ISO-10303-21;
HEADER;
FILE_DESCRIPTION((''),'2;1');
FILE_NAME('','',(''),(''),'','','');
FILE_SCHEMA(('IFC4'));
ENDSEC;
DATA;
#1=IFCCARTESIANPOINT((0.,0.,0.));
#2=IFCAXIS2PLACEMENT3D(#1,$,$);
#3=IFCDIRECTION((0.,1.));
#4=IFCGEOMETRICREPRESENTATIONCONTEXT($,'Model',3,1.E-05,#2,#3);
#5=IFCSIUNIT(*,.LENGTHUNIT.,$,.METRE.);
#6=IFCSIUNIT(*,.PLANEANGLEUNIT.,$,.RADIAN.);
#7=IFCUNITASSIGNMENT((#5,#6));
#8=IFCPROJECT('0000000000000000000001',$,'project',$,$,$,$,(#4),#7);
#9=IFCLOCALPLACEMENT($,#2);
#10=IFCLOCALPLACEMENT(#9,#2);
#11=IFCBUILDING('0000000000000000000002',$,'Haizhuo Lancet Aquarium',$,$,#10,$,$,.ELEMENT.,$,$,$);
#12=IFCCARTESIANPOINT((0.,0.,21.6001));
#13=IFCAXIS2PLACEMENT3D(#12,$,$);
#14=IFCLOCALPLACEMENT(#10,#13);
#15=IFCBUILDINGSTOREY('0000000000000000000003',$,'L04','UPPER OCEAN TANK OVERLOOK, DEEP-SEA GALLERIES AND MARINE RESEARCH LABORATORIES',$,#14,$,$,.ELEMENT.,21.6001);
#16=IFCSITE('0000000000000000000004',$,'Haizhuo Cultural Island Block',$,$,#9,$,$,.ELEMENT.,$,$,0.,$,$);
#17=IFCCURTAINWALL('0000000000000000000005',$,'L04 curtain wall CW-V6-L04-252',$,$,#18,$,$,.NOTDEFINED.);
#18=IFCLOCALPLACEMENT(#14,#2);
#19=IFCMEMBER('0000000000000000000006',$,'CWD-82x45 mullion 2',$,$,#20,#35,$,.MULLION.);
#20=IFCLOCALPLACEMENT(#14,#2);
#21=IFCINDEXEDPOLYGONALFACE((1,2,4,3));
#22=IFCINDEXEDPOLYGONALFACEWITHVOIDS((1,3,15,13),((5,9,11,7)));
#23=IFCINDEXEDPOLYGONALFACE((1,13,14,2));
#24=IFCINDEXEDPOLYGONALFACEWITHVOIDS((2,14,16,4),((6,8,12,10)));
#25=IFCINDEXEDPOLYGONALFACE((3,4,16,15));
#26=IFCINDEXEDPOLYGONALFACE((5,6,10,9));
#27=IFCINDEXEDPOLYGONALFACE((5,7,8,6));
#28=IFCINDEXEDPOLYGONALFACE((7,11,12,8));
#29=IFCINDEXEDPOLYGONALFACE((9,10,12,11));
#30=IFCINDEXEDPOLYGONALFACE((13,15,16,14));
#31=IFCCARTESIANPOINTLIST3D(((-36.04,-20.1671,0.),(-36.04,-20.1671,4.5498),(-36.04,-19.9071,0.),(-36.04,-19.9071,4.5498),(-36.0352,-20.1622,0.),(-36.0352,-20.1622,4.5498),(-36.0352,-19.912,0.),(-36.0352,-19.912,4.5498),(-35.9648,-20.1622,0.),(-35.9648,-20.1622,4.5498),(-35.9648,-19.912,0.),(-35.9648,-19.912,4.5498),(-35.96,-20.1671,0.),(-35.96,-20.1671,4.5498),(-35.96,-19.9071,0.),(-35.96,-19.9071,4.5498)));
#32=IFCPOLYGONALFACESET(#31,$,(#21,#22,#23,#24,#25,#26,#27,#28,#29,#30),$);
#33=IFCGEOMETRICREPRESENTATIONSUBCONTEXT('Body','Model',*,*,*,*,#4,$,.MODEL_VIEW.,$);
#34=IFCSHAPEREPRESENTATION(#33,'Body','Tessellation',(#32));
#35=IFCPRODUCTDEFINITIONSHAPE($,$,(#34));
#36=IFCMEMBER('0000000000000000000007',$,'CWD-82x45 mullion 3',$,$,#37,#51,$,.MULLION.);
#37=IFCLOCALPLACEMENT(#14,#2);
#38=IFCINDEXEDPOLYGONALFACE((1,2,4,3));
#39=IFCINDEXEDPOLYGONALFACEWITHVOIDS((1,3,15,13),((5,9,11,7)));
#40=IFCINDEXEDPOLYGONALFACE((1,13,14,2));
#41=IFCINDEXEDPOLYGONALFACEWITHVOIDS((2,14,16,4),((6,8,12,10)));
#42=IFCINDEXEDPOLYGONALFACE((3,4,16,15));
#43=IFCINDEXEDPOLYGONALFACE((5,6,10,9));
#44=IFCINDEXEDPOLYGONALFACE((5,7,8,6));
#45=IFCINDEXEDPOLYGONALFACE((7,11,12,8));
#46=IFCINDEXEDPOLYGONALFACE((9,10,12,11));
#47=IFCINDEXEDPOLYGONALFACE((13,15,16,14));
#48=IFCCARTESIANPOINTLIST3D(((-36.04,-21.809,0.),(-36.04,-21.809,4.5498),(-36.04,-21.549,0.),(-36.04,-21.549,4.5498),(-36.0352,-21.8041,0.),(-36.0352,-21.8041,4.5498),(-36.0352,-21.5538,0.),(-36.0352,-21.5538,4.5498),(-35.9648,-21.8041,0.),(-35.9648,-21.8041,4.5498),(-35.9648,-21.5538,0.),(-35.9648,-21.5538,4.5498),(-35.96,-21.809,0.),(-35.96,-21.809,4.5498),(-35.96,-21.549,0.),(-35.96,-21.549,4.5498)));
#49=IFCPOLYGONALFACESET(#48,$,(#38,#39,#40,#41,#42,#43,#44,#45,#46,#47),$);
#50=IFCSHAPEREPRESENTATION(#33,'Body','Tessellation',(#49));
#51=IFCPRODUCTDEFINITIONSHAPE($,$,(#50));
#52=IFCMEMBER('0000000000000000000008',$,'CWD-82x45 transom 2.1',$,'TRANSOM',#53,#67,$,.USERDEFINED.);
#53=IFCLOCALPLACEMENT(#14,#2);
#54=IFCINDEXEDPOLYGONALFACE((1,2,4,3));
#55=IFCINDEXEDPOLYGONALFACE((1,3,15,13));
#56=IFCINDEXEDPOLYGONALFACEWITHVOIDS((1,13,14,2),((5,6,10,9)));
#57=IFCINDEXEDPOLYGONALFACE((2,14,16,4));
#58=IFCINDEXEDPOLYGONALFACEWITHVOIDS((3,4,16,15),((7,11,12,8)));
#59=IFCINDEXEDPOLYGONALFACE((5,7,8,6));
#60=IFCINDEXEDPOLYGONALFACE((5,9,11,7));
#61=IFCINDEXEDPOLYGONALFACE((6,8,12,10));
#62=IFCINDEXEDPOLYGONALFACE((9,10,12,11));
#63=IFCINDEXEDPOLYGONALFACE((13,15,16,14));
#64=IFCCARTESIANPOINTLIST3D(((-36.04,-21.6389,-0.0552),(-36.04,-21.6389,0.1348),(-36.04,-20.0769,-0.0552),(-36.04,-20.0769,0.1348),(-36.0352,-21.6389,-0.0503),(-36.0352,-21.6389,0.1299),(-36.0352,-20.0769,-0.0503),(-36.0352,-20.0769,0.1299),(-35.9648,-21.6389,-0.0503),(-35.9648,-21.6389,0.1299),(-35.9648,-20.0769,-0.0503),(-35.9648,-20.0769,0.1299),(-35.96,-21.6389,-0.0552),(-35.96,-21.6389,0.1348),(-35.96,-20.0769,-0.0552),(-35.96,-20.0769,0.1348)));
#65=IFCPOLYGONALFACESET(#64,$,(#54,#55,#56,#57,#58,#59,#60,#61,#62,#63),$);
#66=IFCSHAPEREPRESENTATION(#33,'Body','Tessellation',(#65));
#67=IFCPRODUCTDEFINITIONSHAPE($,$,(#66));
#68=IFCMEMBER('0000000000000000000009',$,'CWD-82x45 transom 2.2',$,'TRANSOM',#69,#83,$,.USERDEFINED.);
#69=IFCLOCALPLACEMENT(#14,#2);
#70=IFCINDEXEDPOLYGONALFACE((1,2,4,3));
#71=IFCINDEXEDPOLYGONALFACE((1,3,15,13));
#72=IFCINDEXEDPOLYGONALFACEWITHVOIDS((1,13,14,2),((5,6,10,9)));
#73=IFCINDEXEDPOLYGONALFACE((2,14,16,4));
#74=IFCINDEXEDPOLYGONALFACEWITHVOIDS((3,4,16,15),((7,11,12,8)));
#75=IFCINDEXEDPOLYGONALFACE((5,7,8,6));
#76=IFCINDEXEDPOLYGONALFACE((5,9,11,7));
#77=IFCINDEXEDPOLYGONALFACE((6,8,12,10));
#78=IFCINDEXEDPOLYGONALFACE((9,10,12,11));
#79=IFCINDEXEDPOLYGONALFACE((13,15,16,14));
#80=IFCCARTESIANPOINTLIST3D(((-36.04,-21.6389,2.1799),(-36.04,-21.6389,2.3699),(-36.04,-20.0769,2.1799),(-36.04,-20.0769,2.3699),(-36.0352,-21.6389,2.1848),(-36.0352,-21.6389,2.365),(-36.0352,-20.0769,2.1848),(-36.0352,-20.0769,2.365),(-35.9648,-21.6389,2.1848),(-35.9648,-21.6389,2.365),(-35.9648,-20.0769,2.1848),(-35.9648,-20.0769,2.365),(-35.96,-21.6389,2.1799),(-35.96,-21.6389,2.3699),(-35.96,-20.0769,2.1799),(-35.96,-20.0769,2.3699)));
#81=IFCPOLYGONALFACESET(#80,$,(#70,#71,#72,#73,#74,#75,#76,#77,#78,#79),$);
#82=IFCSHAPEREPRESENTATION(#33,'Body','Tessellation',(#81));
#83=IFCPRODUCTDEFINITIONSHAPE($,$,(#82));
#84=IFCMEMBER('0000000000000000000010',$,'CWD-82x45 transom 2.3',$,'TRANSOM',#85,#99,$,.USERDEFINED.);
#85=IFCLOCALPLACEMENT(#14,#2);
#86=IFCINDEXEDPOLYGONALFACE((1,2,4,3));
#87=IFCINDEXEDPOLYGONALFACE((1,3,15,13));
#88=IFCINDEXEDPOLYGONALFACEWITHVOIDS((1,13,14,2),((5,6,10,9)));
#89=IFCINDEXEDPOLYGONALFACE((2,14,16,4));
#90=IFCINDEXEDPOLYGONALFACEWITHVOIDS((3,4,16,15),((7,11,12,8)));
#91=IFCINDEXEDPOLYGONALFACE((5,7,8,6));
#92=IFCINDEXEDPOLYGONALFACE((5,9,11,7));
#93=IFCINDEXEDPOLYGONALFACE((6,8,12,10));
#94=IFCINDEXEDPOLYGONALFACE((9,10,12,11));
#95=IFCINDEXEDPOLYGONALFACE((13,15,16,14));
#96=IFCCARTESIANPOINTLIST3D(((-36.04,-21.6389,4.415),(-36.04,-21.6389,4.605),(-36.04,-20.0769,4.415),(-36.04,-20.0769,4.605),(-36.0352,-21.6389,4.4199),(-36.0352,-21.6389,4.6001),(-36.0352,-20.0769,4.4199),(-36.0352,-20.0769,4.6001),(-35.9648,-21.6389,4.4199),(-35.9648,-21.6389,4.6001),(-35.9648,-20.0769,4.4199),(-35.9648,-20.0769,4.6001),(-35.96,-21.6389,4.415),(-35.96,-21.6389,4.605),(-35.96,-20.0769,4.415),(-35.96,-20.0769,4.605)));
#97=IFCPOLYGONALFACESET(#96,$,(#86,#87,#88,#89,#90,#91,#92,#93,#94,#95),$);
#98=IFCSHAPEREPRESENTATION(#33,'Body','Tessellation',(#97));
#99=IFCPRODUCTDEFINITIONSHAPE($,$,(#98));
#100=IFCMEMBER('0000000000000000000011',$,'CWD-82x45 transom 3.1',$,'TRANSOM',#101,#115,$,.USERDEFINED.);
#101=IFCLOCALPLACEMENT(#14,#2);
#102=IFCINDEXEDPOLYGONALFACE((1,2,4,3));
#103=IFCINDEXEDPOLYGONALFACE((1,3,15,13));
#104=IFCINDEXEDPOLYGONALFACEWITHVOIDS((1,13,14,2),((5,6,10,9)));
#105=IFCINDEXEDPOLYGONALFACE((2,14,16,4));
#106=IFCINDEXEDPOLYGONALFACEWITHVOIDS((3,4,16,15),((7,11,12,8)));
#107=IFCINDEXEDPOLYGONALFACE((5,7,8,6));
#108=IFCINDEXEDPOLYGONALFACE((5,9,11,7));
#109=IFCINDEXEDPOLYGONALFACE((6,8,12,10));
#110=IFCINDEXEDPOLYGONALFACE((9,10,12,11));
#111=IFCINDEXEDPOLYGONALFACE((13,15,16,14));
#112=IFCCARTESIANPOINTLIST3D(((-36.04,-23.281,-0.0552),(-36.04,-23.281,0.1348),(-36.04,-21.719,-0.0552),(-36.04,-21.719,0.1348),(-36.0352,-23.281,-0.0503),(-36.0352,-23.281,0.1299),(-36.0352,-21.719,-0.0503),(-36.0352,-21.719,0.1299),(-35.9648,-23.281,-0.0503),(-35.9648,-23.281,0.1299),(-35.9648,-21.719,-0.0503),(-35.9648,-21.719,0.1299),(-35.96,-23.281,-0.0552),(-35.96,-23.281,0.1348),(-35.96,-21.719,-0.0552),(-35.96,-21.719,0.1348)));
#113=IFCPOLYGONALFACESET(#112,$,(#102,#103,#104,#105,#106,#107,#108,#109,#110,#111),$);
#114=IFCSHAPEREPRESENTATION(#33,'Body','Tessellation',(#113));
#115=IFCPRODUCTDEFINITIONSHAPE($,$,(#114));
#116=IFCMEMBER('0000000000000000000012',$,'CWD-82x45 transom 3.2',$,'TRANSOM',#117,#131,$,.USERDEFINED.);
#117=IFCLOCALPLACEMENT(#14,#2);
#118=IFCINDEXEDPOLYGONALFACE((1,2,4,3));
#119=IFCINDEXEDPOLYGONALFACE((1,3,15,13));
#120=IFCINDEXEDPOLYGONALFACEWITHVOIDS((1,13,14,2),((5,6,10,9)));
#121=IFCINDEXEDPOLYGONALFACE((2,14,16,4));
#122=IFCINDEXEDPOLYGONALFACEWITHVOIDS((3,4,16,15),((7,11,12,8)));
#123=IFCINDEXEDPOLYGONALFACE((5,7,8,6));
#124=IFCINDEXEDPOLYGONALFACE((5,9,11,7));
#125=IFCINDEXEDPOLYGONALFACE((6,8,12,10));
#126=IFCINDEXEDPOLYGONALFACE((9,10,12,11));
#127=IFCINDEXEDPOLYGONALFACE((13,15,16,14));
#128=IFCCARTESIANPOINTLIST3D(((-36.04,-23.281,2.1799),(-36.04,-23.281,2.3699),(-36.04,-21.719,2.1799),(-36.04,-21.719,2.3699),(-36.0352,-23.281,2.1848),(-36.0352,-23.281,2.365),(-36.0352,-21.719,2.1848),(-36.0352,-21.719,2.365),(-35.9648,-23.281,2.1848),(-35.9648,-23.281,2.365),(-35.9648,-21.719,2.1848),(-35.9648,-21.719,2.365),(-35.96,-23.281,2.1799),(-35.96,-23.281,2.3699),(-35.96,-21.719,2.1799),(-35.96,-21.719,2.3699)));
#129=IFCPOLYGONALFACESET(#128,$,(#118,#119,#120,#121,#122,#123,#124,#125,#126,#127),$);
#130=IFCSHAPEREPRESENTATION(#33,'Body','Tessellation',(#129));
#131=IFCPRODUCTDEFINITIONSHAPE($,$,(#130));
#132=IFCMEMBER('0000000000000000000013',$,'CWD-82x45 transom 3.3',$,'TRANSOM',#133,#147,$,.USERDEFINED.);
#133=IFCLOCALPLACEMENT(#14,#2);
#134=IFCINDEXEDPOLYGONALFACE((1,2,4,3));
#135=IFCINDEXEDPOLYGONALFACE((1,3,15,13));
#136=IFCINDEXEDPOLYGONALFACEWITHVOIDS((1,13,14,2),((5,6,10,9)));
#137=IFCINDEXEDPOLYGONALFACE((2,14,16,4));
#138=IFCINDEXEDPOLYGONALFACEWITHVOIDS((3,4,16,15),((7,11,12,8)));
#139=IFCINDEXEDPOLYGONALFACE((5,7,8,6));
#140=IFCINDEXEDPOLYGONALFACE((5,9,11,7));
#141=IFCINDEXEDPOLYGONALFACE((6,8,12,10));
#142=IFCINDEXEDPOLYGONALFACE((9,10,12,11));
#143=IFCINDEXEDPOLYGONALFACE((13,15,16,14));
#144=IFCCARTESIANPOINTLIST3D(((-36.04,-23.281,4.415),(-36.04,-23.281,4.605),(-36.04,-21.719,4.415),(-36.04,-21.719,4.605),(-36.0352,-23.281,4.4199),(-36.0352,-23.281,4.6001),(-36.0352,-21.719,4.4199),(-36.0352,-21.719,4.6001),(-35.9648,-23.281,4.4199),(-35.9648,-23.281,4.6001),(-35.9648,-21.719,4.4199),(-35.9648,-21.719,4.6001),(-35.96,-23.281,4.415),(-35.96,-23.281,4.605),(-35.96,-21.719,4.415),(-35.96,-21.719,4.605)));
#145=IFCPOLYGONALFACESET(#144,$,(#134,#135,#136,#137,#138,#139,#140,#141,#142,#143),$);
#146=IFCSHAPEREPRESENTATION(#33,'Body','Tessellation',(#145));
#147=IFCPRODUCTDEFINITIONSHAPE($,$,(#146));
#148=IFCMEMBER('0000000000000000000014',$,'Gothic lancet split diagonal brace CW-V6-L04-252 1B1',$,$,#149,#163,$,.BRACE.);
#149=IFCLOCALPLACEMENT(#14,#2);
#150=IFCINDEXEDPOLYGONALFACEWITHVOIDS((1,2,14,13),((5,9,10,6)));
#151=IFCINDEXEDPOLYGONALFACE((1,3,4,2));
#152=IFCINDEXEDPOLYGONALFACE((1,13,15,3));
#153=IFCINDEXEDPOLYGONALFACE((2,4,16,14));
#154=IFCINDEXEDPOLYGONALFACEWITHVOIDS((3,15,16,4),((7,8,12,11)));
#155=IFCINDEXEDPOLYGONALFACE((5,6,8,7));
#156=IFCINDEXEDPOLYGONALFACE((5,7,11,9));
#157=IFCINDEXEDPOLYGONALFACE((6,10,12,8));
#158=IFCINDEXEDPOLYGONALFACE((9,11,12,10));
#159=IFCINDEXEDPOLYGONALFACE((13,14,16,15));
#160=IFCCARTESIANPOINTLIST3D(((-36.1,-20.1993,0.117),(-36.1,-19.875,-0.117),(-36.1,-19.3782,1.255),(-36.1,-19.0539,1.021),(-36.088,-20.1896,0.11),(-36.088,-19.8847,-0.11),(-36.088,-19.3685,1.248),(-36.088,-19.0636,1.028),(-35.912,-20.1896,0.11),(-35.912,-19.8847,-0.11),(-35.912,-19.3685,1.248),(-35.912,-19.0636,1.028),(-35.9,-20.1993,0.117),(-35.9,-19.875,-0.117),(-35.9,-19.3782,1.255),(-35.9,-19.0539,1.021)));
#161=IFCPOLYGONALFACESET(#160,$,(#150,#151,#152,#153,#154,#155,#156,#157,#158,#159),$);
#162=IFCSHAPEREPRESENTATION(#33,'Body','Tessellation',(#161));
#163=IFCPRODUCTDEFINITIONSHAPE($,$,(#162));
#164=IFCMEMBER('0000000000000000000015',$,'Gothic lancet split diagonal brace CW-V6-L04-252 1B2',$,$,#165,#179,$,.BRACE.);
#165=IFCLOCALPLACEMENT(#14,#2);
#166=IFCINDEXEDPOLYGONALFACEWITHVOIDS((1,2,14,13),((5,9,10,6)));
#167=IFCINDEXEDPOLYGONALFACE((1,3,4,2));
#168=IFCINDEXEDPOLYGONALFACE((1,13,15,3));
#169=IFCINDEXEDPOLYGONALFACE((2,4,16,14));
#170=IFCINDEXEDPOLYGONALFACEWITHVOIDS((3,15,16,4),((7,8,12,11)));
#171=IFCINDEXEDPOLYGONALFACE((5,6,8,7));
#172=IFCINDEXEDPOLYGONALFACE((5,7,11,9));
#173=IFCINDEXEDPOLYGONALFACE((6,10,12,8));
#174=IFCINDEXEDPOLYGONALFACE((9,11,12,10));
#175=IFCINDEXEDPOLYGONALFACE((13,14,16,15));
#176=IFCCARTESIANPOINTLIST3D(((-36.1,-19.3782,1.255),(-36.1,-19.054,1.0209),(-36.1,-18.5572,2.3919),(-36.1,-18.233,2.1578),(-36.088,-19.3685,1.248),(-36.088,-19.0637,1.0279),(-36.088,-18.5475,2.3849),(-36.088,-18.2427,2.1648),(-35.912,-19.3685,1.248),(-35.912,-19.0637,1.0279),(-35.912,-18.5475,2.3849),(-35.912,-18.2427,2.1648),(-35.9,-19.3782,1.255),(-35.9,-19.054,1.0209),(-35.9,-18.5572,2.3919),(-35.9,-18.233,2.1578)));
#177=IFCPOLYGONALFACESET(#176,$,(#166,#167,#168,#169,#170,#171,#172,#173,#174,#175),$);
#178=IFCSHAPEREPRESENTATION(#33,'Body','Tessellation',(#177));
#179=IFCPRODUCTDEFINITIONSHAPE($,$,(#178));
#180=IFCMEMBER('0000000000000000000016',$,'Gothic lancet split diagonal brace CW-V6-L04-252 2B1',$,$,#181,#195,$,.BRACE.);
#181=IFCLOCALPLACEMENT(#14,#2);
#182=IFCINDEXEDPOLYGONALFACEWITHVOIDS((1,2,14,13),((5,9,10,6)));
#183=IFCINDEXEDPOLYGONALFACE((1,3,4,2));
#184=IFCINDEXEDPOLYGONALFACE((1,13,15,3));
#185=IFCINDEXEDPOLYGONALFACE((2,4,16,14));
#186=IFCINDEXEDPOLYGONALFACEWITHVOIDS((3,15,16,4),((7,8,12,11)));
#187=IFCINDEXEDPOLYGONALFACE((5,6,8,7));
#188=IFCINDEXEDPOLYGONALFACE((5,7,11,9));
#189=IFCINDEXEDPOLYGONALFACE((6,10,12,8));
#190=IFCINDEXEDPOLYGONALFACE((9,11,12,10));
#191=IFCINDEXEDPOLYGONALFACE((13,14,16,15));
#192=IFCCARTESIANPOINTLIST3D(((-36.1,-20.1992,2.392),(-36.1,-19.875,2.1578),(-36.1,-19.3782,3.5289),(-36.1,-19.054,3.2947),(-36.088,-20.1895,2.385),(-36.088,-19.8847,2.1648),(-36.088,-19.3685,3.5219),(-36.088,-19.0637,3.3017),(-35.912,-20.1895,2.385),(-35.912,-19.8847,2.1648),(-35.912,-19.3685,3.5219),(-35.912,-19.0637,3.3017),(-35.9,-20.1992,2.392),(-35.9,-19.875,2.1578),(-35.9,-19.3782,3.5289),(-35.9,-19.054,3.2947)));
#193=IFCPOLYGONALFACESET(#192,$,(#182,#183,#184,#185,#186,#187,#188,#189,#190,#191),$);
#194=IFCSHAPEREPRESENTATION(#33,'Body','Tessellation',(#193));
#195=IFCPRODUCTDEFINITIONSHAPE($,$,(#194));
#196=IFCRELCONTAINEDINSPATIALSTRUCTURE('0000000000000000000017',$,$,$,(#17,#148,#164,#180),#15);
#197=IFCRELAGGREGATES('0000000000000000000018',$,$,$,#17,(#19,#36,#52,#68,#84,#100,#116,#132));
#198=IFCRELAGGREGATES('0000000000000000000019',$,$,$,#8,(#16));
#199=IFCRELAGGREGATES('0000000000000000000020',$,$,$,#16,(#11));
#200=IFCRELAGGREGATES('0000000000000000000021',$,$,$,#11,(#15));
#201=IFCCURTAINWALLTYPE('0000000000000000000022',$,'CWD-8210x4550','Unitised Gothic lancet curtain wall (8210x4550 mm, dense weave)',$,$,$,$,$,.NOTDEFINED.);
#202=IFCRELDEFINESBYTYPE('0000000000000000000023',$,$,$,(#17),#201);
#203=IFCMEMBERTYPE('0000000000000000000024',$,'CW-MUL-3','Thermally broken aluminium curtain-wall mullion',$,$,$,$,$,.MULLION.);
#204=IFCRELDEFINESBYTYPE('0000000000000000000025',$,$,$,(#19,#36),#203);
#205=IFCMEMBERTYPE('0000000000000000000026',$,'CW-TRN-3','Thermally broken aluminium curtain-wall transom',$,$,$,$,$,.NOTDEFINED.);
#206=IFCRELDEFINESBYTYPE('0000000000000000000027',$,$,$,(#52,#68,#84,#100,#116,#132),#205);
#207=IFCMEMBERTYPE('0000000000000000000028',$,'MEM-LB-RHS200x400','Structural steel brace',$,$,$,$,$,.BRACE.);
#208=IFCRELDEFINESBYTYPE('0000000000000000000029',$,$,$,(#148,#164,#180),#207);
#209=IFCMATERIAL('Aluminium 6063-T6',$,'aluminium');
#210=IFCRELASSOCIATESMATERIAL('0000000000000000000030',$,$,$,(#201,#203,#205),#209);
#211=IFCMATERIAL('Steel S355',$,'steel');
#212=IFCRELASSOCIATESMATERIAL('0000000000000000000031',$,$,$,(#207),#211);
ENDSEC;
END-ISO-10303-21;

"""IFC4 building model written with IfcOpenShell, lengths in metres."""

from ifc_helpers import new_model, si_unit, direction, frame, origin, origin_2d, place, context, subcontext, project, spatial, hollow_rectangle, extrude, material, material_profile, profile_set, type_object, element, aggregate, save


model = new_model("IFC4")

# Units and contexts
model_context = context("Model", 3, precision=1e-05, world=origin(), true_north=direction((0.0, 1.0)))
body_context = subcontext(model_context, "Body", "Model", "MODEL_VIEW")
ifc_project = project(units=[si_unit("LENGTHUNIT", "METRE"), si_unit("PLANEANGLEUNIT", "RADIAN")], contexts=[model_context])

# Site, building, storey
site_placement = place(None, origin())
site = spatial("IfcSite", under=ifc_project, at=site_placement, Name="Haizhuo Cultural Island Block", CompositionType="ELEMENT", RefElevation=0.0)
building_placement = place(site_placement, origin())
building = spatial("IfcBuilding", under=site, at=building_placement, Name="Haizhuo Lancet Aquarium", CompositionType="ELEMENT")
storey_placement = place(building_placement, frame((0.0, 0.0, 21.6001)))
storey = spatial("IfcBuildingStorey", under=building, at=storey_placement, Name="L04", Description="UPPER OCEAN TANK OVERLOOK, DEEP-SEA GALLERIES AND MARINE RESEARCH LABORATORIES", CompositionType="ELEMENT", Elevation=21.6001)

# Curtain wall, members
ifc_material_1 = material(Name="Aluminium 6063-T6", Category="aluminium")
curtain_wall_type = type_object("IfcCurtainWallType", Name="CWD-8210x4550", Description="Unitised Gothic lancet curtain wall (8210x4550 mm, dense weave)", PredefinedType="NOTDEFINED", material=ifc_material_1)
curtain_wall_placement = place(storey_placement, origin())
curtain_wall = element("IfcCurtainWall", 1, at=curtain_wall_placement, inside=storey, type_object=curtain_wall_type, Name="L04 curtain wall CW-V6-L04-252", PredefinedType="NOTDEFINED")
ifc_material_profile_1 = material_profile(ifc_material_1, hollow_rectangle(XDim=0.0801, YDim=0.26, WallThickness=0.0049, at=origin_2d()), Name="ALU-M 80x260x5")
ifc_profile_set_1 = profile_set([ifc_material_profile_1], Name="Aluminium 6063-T6")
member_type_1 = type_object("IfcMemberType", Name="CW-MUL-3", Description="Thermally broken aluminium curtain-wall mullion", PredefinedType="MULLION", material=ifc_profile_set_1)
member_1_placement = place(storey_placement, frame((-36.0, -20.0371, 0.0), z_axis=(0.0, 0.0, 1.0), x_axis=(1.0, 0.0, 0.0)))
member_1 = element("IfcMember", 2, at=member_1_placement, type_object=member_type_1, Name="CWD-82x45 mullion 2", PredefinedType="MULLION", context=body_context, shape_type="SweptSolid", body=[
    extrude(hollow_rectangle(XDim=0.0801, YDim=0.26, WallThickness=0.0049, at=origin_2d()), origin(), (0.0, 0.0, 1.0), 4.5498),
])
member_2_placement = place(storey_placement, frame((-36.0, -21.679, 0.0), z_axis=(0.0, 0.0, 1.0), x_axis=(1.0, 0.0, 0.0)))
member_2 = element("IfcMember", 3, at=member_2_placement, type_object=member_type_1, Name="CWD-82x45 mullion 3", PredefinedType="MULLION", context=body_context, shape_type="SweptSolid", body=[
    extrude(hollow_rectangle(XDim=0.0801, YDim=0.26, WallThickness=0.0049, at=origin_2d()), origin(), (0.0, 0.0, 1.0), 4.5498),
])
ifc_material_profile_2 = material_profile(ifc_material_1, hollow_rectangle(XDim=0.0801, YDim=0.1899, WallThickness=0.0049, at=origin_2d()), Name="ALU-T 80x190x5")
ifc_profile_set_2 = profile_set([ifc_material_profile_2], Name="Aluminium 6063-T6")
member_type_2 = type_object("IfcMemberType", Name="CW-TRN-3", Description="Thermally broken aluminium curtain-wall transom", PredefinedType="NOTDEFINED", material=ifc_profile_set_2)
member_3_placement = place(storey_placement, frame((-36.0, -20.0769, 0.0398), z_axis=(0.0, -1.0, 0.0), x_axis=(1.0, 0.0, 0.0)))
member_3 = element("IfcMember", 4, at=member_3_placement, type_object=member_type_2, Name="CWD-82x45 transom 2.1", ObjectType="TRANSOM", PredefinedType="USERDEFINED", context=body_context, shape_type="SweptSolid", body=[
    extrude(hollow_rectangle(XDim=0.0801, YDim=0.1899, WallThickness=0.0049, at=origin_2d()), origin(), (0.0, 0.0, 1.0), 1.562),
])
member_4_placement = place(storey_placement, frame((-36.0, -20.0769, 2.2749), z_axis=(0.0, -1.0, 0.0), x_axis=(1.0, 0.0, 0.0)))
member_4 = element("IfcMember", 5, at=member_4_placement, type_object=member_type_2, Name="CWD-82x45 transom 2.2", ObjectType="TRANSOM", PredefinedType="USERDEFINED", context=body_context, shape_type="SweptSolid", body=[
    extrude(hollow_rectangle(XDim=0.0801, YDim=0.1899, WallThickness=0.0049, at=origin_2d()), origin(), (0.0, 0.0, 1.0), 1.562),
])
member_5_placement = place(storey_placement, frame((-36.0, -20.0769, 4.51), z_axis=(0.0, -1.0, 0.0), x_axis=(1.0, 0.0, 0.0)))
member_5 = element("IfcMember", 6, at=member_5_placement, type_object=member_type_2, Name="CWD-82x45 transom 2.3", ObjectType="TRANSOM", PredefinedType="USERDEFINED", context=body_context, shape_type="SweptSolid", body=[
    extrude(hollow_rectangle(XDim=0.0801, YDim=0.1899, WallThickness=0.0049, at=origin_2d()), origin(), (0.0, 0.0, 1.0), 1.562),
])
member_6_placement = place(storey_placement, frame((-36.0, -21.719, 0.0398), z_axis=(0.0, -1.0, 0.0), x_axis=(1.0, 0.0, 0.0)))
member_6 = element("IfcMember", 7, at=member_6_placement, type_object=member_type_2, Name="CWD-82x45 transom 3.1", ObjectType="TRANSOM", PredefinedType="USERDEFINED", context=body_context, shape_type="SweptSolid", body=[
    extrude(hollow_rectangle(XDim=0.0801, YDim=0.1899, WallThickness=0.0049, at=origin_2d()), origin(), (0.0, 0.0, 1.0), 1.562),
])
member_7_placement = place(storey_placement, frame((-36.0, -21.719, 2.2749), z_axis=(0.0, -1.0, 0.0), x_axis=(1.0, 0.0, 0.0)))
member_7 = element("IfcMember", 8, at=member_7_placement, type_object=member_type_2, Name="CWD-82x45 transom 3.2", ObjectType="TRANSOM", PredefinedType="USERDEFINED", context=body_context, shape_type="SweptSolid", body=[
    extrude(hollow_rectangle(XDim=0.0801, YDim=0.1899, WallThickness=0.0049, at=origin_2d()), origin(), (0.0, 0.0, 1.0), 1.562),
])
member_8_placement = place(storey_placement, frame((-36.0, -21.719, 4.51), z_axis=(0.0, -1.0, 0.0), x_axis=(1.0, 0.0, 0.0)))
member_8 = element("IfcMember", 9, at=member_8_placement, type_object=member_type_2, Name="CWD-82x45 transom 3.3", ObjectType="TRANSOM", PredefinedType="USERDEFINED", context=body_context, shape_type="SweptSolid", body=[
    extrude(hollow_rectangle(XDim=0.0801, YDim=0.1899, WallThickness=0.0049, at=origin_2d()), origin(), (0.0, 0.0, 1.0), 1.562),
])

# Members
ifc_material_2 = material(Name="Steel S355", Category="steel")
ifc_material_profile_3 = material_profile(ifc_material_2, hollow_rectangle(XDim=0.2, YDim=0.3999, WallThickness=0.012, at=origin_2d()), Name="RHS 200x400x12")
ifc_profile_set_3 = profile_set([ifc_material_profile_3], Name="Steel S355")
member_type_3 = type_object("IfcMemberType", Name="MEM-LB-RHS200x400", Description="Structural steel brace", PredefinedType="BRACE", material=ifc_profile_set_3)
member_9_placement = place(storey_placement, frame((-36.0, -20.0371, 0.0), z_axis=(0.0, 0.585116, 0.81095), x_axis=(-1.0, 0.0, 0.0)))
element("IfcMember", 10, at=member_9_placement, inside=storey, type_object=member_type_3, Name="Gothic lancet split diagonal brace CW-V6-L04-252 1B1", PredefinedType="BRACE", context=body_context, shape_type="SweptSolid", body=[
    extrude(hollow_rectangle(XDim=0.2, YDim=0.3999, WallThickness=0.012, at=origin_2d()), origin(), (0.0, 0.0, 1.0), 1.4033),
])
for number, where, z_axis, x_axis, name in (
    (11, (-36.0, -19.2161, 1.1379), (0.0, 0.585446, 0.810711), (-1.0, 0.0, 0.0), "Gothic lancet split diagonal brace CW-V6-L04-252 1B2"),
    (12, (-36.0, -20.0371, 2.2749), (0.0, 0.585446, 0.810711), (-1.0, 0.0, 0.0), "Gothic lancet split diagonal brace CW-V6-L04-252 2B1"),
):
    element("IfcMember", number, at=place(storey_placement, frame(where, z_axis=z_axis, x_axis=x_axis)), inside=storey, type_object=member_type_3, Name=name, PredefinedType="BRACE", context=body_context, shape_type="SweptSolid", body=[
        extrude(hollow_rectangle(XDim=0.2, YDim=0.3999, WallThickness=0.012, at=origin_2d()), origin(), (0.0, 0.0, 1.0), 1.4023),
    ])

aggregate(curtain_wall, [member_1, member_2, member_3, member_4, member_5, member_6, member_7, member_8])

save(model, "model.ifc")
